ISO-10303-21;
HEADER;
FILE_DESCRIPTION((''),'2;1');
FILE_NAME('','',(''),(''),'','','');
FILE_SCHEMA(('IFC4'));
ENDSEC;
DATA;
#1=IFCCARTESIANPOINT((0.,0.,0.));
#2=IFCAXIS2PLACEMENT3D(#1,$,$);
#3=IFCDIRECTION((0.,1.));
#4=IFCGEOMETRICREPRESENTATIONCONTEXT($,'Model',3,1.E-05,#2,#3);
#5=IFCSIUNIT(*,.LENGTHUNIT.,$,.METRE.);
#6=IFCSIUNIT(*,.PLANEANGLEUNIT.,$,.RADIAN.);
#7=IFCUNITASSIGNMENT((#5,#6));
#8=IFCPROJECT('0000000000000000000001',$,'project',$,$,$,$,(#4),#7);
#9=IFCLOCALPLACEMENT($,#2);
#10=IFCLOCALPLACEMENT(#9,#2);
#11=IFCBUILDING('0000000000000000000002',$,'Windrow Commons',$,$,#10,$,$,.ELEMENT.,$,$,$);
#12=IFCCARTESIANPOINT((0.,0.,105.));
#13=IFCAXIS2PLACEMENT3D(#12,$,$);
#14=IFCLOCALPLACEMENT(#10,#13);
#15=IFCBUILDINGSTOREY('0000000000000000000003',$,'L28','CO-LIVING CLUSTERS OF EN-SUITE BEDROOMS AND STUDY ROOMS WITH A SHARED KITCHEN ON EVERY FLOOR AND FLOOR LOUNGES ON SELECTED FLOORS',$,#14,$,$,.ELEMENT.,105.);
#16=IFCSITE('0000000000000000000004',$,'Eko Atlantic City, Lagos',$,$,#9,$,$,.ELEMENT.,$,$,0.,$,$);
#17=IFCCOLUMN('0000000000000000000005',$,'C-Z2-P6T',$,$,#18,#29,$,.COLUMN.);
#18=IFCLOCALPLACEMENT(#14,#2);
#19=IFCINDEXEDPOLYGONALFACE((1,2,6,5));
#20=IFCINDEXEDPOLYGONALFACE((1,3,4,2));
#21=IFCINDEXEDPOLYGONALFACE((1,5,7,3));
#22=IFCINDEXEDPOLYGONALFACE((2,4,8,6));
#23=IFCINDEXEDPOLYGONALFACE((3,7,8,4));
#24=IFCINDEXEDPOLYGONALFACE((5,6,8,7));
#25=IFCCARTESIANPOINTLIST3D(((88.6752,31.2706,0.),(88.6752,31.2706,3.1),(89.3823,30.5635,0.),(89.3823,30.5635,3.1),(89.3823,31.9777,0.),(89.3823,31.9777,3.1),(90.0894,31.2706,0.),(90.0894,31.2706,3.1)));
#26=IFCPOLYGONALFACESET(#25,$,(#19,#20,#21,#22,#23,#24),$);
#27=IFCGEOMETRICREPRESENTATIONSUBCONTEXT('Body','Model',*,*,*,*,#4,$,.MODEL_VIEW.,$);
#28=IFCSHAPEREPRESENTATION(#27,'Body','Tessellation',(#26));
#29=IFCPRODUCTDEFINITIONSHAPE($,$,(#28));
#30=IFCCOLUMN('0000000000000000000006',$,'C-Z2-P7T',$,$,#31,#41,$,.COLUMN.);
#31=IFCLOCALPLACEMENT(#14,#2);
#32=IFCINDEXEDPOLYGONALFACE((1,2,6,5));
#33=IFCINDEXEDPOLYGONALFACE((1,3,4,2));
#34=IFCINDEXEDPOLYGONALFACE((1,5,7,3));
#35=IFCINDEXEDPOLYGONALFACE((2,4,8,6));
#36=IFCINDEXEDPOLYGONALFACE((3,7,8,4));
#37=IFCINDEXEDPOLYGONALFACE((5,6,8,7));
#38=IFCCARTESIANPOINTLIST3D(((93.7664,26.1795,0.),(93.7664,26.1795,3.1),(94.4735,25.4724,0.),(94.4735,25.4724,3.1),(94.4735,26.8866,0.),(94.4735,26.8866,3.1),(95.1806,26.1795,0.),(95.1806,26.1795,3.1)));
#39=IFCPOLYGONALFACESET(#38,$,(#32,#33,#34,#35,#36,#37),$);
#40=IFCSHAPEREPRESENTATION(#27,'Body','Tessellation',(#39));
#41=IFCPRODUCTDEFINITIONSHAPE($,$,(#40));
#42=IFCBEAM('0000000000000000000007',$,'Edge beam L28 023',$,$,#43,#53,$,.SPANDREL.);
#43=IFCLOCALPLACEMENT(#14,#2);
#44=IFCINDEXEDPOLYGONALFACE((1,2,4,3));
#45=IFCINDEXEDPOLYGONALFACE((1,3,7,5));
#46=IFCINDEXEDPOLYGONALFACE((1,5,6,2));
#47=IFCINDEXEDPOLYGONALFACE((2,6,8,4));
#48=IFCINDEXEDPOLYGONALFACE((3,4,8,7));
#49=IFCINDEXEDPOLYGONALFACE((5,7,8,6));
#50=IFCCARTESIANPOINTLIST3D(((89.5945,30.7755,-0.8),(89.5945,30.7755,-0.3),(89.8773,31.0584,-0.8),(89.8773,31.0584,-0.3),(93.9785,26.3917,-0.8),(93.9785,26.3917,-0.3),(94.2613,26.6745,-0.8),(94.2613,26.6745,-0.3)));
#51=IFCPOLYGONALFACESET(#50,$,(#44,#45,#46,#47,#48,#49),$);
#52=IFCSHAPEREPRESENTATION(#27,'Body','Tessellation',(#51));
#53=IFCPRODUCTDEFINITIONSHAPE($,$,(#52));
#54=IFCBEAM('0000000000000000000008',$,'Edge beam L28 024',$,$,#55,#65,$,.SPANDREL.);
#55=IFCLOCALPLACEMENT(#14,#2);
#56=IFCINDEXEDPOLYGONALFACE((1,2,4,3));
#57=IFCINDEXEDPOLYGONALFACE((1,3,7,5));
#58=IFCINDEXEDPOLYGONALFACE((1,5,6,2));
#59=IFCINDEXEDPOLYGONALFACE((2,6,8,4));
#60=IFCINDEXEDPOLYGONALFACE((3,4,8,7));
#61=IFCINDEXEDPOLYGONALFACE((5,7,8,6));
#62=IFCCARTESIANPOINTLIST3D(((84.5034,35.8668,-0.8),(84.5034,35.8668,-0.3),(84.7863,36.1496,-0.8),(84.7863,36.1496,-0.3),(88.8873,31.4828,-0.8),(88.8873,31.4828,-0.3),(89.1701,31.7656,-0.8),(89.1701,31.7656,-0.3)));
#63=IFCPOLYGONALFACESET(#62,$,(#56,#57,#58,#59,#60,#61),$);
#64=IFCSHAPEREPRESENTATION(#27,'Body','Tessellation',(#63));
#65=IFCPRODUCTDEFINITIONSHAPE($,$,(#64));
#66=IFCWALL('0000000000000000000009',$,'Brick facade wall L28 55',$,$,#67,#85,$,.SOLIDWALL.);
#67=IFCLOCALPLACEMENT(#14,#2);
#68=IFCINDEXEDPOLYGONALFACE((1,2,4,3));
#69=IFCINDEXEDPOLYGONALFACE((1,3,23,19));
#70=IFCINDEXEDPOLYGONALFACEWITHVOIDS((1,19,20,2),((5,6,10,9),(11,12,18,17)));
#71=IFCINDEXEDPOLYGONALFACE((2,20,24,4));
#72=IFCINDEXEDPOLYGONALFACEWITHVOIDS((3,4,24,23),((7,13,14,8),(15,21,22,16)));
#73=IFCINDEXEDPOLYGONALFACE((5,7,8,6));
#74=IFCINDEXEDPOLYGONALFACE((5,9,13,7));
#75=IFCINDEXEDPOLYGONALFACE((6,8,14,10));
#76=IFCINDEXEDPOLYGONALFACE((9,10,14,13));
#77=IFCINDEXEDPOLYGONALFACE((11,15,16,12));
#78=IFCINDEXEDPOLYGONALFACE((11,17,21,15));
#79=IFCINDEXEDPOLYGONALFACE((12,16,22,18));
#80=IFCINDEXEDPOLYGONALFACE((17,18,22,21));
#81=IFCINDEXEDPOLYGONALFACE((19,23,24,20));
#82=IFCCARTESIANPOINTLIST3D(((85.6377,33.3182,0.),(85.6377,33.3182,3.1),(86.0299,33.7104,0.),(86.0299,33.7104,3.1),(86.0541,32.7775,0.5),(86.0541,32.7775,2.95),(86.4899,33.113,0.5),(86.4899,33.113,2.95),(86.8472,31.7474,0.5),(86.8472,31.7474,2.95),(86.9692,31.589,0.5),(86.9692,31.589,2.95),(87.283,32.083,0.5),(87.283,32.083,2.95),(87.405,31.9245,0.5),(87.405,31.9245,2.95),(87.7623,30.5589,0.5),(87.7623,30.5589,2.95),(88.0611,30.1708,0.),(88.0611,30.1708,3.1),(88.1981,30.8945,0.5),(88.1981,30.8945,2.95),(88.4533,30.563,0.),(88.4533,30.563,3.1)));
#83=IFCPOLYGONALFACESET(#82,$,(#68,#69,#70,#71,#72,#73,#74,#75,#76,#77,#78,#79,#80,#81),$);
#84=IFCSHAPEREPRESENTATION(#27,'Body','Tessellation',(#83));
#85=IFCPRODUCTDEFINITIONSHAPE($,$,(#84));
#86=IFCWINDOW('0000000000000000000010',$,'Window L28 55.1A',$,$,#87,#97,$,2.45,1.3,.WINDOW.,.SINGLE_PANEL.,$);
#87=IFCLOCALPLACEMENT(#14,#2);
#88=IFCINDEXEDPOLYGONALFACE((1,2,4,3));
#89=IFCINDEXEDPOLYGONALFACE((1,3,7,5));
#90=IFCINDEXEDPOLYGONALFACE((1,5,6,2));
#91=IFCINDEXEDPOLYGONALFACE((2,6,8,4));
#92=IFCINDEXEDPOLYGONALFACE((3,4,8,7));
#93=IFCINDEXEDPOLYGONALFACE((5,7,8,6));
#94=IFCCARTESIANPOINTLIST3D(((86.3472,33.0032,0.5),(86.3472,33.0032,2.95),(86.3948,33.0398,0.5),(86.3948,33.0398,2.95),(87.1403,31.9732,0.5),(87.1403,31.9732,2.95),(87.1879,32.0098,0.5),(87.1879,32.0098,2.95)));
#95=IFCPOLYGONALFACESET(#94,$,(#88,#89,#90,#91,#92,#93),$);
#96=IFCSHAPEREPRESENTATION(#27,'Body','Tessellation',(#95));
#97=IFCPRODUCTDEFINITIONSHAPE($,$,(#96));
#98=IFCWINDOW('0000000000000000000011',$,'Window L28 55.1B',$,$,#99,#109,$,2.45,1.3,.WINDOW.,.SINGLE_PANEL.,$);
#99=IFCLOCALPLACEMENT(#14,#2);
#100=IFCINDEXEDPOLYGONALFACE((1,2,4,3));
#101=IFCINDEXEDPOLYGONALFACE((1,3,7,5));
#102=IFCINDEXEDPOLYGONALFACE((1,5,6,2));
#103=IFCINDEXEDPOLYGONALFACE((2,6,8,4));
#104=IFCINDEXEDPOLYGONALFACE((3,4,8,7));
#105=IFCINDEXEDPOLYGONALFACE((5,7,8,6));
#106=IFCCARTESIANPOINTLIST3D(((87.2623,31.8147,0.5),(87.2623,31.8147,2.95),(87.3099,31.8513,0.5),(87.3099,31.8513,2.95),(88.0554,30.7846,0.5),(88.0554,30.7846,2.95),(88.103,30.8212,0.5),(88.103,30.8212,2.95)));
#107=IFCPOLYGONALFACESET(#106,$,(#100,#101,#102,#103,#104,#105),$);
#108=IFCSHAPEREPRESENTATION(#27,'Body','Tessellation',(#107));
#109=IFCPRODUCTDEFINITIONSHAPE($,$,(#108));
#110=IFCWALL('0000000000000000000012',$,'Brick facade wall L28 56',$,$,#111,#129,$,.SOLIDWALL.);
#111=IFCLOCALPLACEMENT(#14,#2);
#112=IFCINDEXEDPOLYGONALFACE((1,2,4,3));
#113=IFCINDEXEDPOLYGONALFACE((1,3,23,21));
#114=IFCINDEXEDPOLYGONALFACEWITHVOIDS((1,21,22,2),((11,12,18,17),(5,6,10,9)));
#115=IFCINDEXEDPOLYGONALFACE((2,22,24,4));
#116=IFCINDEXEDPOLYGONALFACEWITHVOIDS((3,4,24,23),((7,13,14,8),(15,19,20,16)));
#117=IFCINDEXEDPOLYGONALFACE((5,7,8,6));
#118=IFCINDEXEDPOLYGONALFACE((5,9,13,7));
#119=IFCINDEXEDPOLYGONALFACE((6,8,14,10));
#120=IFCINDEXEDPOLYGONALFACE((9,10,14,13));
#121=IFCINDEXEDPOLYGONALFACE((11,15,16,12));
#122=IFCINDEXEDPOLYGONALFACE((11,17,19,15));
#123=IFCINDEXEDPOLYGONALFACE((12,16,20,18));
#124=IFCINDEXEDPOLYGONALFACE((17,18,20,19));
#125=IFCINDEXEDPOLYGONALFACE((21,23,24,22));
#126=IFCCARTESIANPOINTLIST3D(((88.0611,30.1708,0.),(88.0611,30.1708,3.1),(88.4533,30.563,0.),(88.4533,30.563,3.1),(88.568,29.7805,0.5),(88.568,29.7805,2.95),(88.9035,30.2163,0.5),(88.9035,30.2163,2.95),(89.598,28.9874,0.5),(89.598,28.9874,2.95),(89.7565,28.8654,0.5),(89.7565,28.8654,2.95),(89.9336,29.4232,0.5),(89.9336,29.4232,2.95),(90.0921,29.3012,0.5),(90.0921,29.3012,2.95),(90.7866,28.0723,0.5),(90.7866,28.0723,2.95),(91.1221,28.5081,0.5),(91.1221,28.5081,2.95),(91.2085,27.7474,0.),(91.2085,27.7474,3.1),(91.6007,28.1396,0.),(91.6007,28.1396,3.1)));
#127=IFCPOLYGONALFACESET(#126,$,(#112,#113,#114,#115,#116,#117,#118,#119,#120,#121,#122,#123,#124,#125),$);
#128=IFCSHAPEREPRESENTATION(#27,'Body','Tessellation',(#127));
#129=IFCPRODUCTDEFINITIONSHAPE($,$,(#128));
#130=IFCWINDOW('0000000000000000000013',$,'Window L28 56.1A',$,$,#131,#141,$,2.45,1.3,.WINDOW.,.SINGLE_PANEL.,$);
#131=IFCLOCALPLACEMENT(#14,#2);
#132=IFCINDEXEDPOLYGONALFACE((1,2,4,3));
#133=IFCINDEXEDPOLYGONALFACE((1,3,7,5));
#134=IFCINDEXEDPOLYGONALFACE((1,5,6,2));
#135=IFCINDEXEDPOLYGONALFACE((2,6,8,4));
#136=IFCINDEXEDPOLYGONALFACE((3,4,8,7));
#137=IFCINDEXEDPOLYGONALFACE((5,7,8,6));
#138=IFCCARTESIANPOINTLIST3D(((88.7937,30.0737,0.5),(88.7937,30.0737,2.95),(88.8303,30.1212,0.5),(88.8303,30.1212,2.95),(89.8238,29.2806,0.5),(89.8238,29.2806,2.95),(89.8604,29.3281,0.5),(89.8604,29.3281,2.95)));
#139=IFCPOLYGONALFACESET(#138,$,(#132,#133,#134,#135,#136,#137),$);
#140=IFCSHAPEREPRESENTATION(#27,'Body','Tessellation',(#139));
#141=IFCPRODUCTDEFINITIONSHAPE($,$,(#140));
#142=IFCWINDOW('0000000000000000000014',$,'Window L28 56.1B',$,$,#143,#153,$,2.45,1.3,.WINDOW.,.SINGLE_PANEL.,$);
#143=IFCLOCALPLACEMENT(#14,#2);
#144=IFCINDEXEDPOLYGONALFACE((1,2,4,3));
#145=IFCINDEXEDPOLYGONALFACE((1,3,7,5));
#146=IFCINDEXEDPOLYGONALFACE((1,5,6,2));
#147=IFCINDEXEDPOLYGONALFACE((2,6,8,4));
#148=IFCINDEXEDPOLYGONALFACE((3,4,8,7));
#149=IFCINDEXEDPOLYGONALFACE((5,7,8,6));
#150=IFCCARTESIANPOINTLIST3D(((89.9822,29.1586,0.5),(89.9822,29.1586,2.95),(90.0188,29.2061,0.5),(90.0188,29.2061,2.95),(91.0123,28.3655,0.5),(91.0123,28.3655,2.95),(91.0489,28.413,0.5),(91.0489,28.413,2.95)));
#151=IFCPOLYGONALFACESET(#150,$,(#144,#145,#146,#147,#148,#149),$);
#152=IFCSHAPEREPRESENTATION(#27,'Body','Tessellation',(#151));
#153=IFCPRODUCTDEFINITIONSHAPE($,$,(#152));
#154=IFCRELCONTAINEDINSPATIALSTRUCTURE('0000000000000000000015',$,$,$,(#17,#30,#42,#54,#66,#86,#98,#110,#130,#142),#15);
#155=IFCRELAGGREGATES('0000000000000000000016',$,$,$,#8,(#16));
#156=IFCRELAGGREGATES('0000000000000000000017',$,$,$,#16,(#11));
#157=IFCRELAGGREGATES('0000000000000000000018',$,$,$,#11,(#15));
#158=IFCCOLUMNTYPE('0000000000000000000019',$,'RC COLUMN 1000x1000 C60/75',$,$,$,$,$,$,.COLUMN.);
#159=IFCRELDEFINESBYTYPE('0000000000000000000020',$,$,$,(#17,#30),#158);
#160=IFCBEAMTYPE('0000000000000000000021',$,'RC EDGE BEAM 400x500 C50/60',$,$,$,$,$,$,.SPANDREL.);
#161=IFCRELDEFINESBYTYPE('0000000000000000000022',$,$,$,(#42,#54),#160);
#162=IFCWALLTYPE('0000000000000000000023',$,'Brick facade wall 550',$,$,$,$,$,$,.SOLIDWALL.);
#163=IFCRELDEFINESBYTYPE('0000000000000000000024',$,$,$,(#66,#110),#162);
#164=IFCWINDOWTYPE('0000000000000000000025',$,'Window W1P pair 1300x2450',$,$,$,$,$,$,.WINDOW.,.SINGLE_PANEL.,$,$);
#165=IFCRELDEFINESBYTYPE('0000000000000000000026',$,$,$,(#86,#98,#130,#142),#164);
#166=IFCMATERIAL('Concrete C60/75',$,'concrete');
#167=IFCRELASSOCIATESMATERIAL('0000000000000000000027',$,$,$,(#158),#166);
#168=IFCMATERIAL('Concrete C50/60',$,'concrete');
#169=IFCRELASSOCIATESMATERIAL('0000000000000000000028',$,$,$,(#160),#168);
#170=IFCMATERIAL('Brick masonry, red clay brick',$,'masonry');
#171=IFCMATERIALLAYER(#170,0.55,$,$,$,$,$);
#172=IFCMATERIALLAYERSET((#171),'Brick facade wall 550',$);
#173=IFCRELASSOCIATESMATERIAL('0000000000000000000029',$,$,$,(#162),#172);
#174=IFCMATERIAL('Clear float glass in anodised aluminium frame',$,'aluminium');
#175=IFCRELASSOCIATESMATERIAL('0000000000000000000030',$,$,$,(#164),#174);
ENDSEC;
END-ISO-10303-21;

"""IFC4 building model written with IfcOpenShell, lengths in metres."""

from ifc_helpers import new_model, si_unit, direction, frame, frame_2d, origin, origin_2d, place, context, subcontext, project, spatial, polyline, rectangle, outline, extrude, material, layer, layer_set, material_profile, profile_set, type_object, element, fill, save


model = new_model("IFC4")

# Units and contexts
model_context = context("Model", 3, precision=1e-05, world=origin(), true_north=direction((0.0, 1.0)))
body_context = subcontext(model_context, "Body", "Model", "MODEL_VIEW")
ifc_project = project(units=[si_unit("LENGTHUNIT", "METRE"), si_unit("PLANEANGLEUNIT", "RADIAN")], contexts=[model_context])

# Site, building, storey
site_placement = place(None, origin())
site = spatial("IfcSite", under=ifc_project, at=site_placement, Name="Eko Atlantic City, Lagos", CompositionType="ELEMENT", RefElevation=0.0)
building_placement = place(site_placement, origin())
building = spatial("IfcBuilding", under=site, at=building_placement, Name="Windrow Commons", CompositionType="ELEMENT")
storey_placement = place(building_placement, frame((0.0, 0.0, 105.0)))
storey = spatial("IfcBuildingStorey", under=building, at=storey_placement, Name="L28", Description="CO-LIVING CLUSTERS OF EN-SUITE BEDROOMS AND STUDY ROOMS WITH A SHARED KITCHEN ON EVERY FLOOR AND FLOOR LOUNGES ON SELECTED FLOORS", CompositionType="ELEMENT", Elevation=105.0)

# Columns
ifc_material_1 = material(Name="Concrete C60/75", Category="concrete")
ifc_material_profile_1 = material_profile(ifc_material_1, rectangle(XDim=1.0, YDim=1.0, at=origin_2d()))
ifc_profile_set_1 = profile_set([ifc_material_profile_1], Name="Concrete C60/75")
column_type = type_object("IfcColumnType", Name="RC COLUMN 1000x1000 C60/75", PredefinedType="COLUMN", material=ifc_profile_set_1)
for number, where, z_axis, x_axis, name in (
    (1, (89.3823, 31.2706, 0.0), (0.0, 0.0, 1.0), (0.707107, -0.707107, 0.0), "C-Z2-P6T"),
    (2, (94.4735, 26.1795, 0.0), (0.0, 0.0, 1.0), (0.707107, -0.707107, 0.0), "C-Z2-P7T"),
):
    element("IfcColumn", number, at=place(storey_placement, frame(where, z_axis=z_axis, x_axis=x_axis)), inside=storey, type_object=column_type, Name=name, PredefinedType="COLUMN", context=body_context, shape_type="SweptSolid", body=[
        extrude(rectangle(XDim=1.0, YDim=1.0, at=origin_2d()), origin(), (0.0, 0.0, 1.0), 3.1),
    ])

# Beams
ifc_material_2 = material(Name="Concrete C50/60", Category="concrete")
ifc_material_profile_2 = material_profile(ifc_material_2, rectangle(XDim=0.4, YDim=0.5, at=origin_2d()))
ifc_profile_set_2 = profile_set([ifc_material_profile_2], Name="Concrete C50/60")
beam_type = type_object("IfcBeamType", Name="RC EDGE BEAM 400x500 C50/60", PredefinedType="SPANDREL", material=ifc_profile_set_2)
for number, where, z_axis, x_axis, name in (
    (3, (94.1199, 26.5331, -0.55), (-0.707115, 0.707099, 0.0), (-0.707099, -0.707115, 0.0), "Edge beam L28 023"),
    (4, (89.0287, 31.6242, -0.55), (-0.707099, 0.707115, 0.0), (-0.707115, -0.707099, 0.0), "Edge beam L28 024"),
):
    element("IfcBeam", number, at=place(storey_placement, frame(where, z_axis=z_axis, x_axis=x_axis)), inside=storey, type_object=beam_type, Name=name, PredefinedType="SPANDREL", context=body_context, shape_type="SweptSolid", body=[
        extrude(rectangle(XDim=0.4, YDim=0.5, at=origin_2d()), origin(), (0.0, 0.0, 1.0), 6.1998),
    ])

# Walls, openings, windows
ifc_material_3 = material(Name="Brick masonry, red clay brick", Category="masonry")
ifc_layer_1 = layer(ifc_material_3, 0.55)
ifc_layer_set_1 = layer_set([ifc_layer_1], Name="Brick facade wall 550")
wall_type_1 = type_object("IfcWallType", Name="Brick facade wall 550", PredefinedType="SOLIDWALL", material=ifc_layer_set_1)
wall_1_placement = place(storey_placement, frame((85.8338, 33.5143, 0.0), z_axis=(0.0, 0.0, 1.0), x_axis=(0.610078, -0.792341, 0.0)))
wall_1 = element("IfcWall", 5, at=wall_1_placement, inside=storey, type_object=wall_type_1, Name="Brick facade wall L28 55", PredefinedType="SOLIDWALL", context=body_context, shape_type="SweptSolid", body=[
    extrude(outline(polyline([(0.0357, -0.275), (4.008, -0.275), (3.9365, 0.275), (-0.0357, 0.275), (0.0357, -0.275)])), origin(), (0.0, 0.0, 1.0), 3.1),
])
opening_1_placement = place(wall_1_placement, frame((0.7182, 0.0, 0.5)))
opening_1 = element("IfcOpeningElement", 6, at=opening_1_placement, cuts=wall_1, PredefinedType="OPENING", context=body_context, shape_type="SweptSolid", body=[
    extrude(rectangle(XDim=1.3, YDim=2.45, at=frame_2d((0.65, 1.225))), frame((0.0, 0.285, 0.0), z_axis=(0.0, -1.0, 0.0), x_axis=(1.0, 0.0, 0.0)), (0.0, 0.0, 1.0), 0.57),
])
opening_2_placement = place(wall_1_placement, frame((2.2182, 0.0, 0.5)))
opening_2 = element("IfcOpeningElement", 7, at=opening_2_placement, cuts=wall_1, PredefinedType="OPENING", context=body_context, shape_type="SweptSolid", body=[
    extrude(rectangle(XDim=1.3, YDim=2.45, at=frame_2d((0.65, 1.225))), frame((0.0, 0.285, 0.0), z_axis=(0.0, -1.0, 0.0), x_axis=(1.0, 0.0, 0.0)), (0.0, 0.0, 1.0), 0.57),
])
ifc_material_4 = material(Name="Clear float glass in anodised aluminium frame", Category="aluminium")
window_type_1 = type_object("IfcWindowType", Name="Window W1P pair 1300x2450", PartitioningType="SINGLE_PANEL", PredefinedType="WINDOW", material=ifc_material_4)
window_1_placement = place(opening_1_placement, origin())
window_1 = element("IfcWindow", 8, at=window_1_placement, inside=storey, type_object=window_type_1, Name="Window L28 55.1A", OverallHeight=2.45, OverallWidth=1.3, PartitioningType="SINGLE_PANEL", PredefinedType="WINDOW", context=body_context, shape_type="SweptSolid", body=[
    extrude(rectangle(XDim=1.3, YDim=2.45, at=frame_2d((0.65, 1.225))), frame((0.0, 0.155, 0.0), z_axis=(0.0, -1.0, 0.0), x_axis=(1.0, 0.0, 0.0)), (0.0, 0.0, 1.0), 0.06),
])
fill(opening_1, window_1)
window_2_placement = place(opening_2_placement, origin())
window_2 = element("IfcWindow", 9, at=window_2_placement, inside=storey, type_object=window_type_1, Name="Window L28 55.1B", OverallHeight=2.45, OverallWidth=1.3, PartitioningType="SINGLE_PANEL", PredefinedType="WINDOW", context=body_context, shape_type="SweptSolid", body=[
    extrude(rectangle(XDim=1.3, YDim=2.45, at=frame_2d((0.65, 1.225))), frame((0.0, 0.155, 0.0), z_axis=(0.0, -1.0, 0.0), x_axis=(1.0, 0.0, 0.0)), (0.0, 0.0, 1.0), 0.06),
])
fill(opening_2, window_2)
wall_2_placement = place(storey_placement, frame((88.2572, 30.3669, 0.0), z_axis=(0.0, 0.0, 1.0), x_axis=(0.792341, -0.610078, 0.0)))
wall_2 = element("IfcWall", 10, at=wall_2_placement, inside=storey, type_object=wall_type_1, Name="Brick facade wall L28 56", PredefinedType="SOLIDWALL", context=body_context, shape_type="SweptSolid", body=[
    extrude(outline(polyline([(-0.0357, -0.275), (3.9365, -0.275), (4.008, 0.275), (0.0357, 0.275), (-0.0357, -0.275)])), origin(), (0.0, 0.0, 1.0), 3.1),
])
opening_3_placement = place(wall_2_placement, frame((0.604, 0.0, 0.5)))
opening_3 = element("IfcOpeningElement", 11, at=opening_3_placement, cuts=wall_2, PredefinedType="OPENING", context=body_context, shape_type="SweptSolid", body=[
    extrude(rectangle(XDim=1.3, YDim=2.45, at=frame_2d((0.65, 1.225))), frame((0.0, 0.285, 0.0), z_axis=(0.0, -1.0, 0.0), x_axis=(1.0, 0.0, 0.0)), (0.0, 0.0, 1.0), 0.57),
])
opening_4_placement = place(wall_2_placement, frame((2.104, 0.0, 0.5)))
opening_4 = element("IfcOpeningElement", 12, at=opening_4_placement, cuts=wall_2, PredefinedType="OPENING", context=body_context, shape_type="SweptSolid", body=[
    extrude(rectangle(XDim=1.3, YDim=2.45, at=frame_2d((0.65, 1.225))), frame((0.0, 0.285, 0.0), z_axis=(0.0, -1.0, 0.0), x_axis=(1.0, 0.0, 0.0)), (0.0, 0.0, 1.0), 0.57),
])
window_3_placement = place(opening_3_placement, origin())
window_3 = element("IfcWindow", 13, at=window_3_placement, inside=storey, type_object=window_type_1, Name="Window L28 56.1A", OverallHeight=2.45, OverallWidth=1.3, PartitioningType="SINGLE_PANEL", PredefinedType="WINDOW", context=body_context, shape_type="SweptSolid", body=[
    extrude(rectangle(XDim=1.3, YDim=2.45, at=frame_2d((0.65, 1.225))), frame((0.0, 0.155, 0.0), z_axis=(0.0, -1.0, 0.0), x_axis=(1.0, 0.0, 0.0)), (0.0, 0.0, 1.0), 0.06),
])
fill(opening_3, window_3)
window_4_placement = place(opening_4_placement, origin())
window_4 = element("IfcWindow", 14, at=window_4_placement, inside=storey, type_object=window_type_1, Name="Window L28 56.1B", OverallHeight=2.45, OverallWidth=1.3, PartitioningType="SINGLE_PANEL", PredefinedType="WINDOW", context=body_context, shape_type="SweptSolid", body=[
    extrude(rectangle(XDim=1.3, YDim=2.45, at=frame_2d((0.65, 1.225))), frame((0.0, 0.155, 0.0), z_axis=(0.0, -1.0, 0.0), x_axis=(1.0, 0.0, 0.0)), (0.0, 0.0, 1.0), 0.06),
])
fill(opening_4, window_4)

save(model, "model.ifc")
